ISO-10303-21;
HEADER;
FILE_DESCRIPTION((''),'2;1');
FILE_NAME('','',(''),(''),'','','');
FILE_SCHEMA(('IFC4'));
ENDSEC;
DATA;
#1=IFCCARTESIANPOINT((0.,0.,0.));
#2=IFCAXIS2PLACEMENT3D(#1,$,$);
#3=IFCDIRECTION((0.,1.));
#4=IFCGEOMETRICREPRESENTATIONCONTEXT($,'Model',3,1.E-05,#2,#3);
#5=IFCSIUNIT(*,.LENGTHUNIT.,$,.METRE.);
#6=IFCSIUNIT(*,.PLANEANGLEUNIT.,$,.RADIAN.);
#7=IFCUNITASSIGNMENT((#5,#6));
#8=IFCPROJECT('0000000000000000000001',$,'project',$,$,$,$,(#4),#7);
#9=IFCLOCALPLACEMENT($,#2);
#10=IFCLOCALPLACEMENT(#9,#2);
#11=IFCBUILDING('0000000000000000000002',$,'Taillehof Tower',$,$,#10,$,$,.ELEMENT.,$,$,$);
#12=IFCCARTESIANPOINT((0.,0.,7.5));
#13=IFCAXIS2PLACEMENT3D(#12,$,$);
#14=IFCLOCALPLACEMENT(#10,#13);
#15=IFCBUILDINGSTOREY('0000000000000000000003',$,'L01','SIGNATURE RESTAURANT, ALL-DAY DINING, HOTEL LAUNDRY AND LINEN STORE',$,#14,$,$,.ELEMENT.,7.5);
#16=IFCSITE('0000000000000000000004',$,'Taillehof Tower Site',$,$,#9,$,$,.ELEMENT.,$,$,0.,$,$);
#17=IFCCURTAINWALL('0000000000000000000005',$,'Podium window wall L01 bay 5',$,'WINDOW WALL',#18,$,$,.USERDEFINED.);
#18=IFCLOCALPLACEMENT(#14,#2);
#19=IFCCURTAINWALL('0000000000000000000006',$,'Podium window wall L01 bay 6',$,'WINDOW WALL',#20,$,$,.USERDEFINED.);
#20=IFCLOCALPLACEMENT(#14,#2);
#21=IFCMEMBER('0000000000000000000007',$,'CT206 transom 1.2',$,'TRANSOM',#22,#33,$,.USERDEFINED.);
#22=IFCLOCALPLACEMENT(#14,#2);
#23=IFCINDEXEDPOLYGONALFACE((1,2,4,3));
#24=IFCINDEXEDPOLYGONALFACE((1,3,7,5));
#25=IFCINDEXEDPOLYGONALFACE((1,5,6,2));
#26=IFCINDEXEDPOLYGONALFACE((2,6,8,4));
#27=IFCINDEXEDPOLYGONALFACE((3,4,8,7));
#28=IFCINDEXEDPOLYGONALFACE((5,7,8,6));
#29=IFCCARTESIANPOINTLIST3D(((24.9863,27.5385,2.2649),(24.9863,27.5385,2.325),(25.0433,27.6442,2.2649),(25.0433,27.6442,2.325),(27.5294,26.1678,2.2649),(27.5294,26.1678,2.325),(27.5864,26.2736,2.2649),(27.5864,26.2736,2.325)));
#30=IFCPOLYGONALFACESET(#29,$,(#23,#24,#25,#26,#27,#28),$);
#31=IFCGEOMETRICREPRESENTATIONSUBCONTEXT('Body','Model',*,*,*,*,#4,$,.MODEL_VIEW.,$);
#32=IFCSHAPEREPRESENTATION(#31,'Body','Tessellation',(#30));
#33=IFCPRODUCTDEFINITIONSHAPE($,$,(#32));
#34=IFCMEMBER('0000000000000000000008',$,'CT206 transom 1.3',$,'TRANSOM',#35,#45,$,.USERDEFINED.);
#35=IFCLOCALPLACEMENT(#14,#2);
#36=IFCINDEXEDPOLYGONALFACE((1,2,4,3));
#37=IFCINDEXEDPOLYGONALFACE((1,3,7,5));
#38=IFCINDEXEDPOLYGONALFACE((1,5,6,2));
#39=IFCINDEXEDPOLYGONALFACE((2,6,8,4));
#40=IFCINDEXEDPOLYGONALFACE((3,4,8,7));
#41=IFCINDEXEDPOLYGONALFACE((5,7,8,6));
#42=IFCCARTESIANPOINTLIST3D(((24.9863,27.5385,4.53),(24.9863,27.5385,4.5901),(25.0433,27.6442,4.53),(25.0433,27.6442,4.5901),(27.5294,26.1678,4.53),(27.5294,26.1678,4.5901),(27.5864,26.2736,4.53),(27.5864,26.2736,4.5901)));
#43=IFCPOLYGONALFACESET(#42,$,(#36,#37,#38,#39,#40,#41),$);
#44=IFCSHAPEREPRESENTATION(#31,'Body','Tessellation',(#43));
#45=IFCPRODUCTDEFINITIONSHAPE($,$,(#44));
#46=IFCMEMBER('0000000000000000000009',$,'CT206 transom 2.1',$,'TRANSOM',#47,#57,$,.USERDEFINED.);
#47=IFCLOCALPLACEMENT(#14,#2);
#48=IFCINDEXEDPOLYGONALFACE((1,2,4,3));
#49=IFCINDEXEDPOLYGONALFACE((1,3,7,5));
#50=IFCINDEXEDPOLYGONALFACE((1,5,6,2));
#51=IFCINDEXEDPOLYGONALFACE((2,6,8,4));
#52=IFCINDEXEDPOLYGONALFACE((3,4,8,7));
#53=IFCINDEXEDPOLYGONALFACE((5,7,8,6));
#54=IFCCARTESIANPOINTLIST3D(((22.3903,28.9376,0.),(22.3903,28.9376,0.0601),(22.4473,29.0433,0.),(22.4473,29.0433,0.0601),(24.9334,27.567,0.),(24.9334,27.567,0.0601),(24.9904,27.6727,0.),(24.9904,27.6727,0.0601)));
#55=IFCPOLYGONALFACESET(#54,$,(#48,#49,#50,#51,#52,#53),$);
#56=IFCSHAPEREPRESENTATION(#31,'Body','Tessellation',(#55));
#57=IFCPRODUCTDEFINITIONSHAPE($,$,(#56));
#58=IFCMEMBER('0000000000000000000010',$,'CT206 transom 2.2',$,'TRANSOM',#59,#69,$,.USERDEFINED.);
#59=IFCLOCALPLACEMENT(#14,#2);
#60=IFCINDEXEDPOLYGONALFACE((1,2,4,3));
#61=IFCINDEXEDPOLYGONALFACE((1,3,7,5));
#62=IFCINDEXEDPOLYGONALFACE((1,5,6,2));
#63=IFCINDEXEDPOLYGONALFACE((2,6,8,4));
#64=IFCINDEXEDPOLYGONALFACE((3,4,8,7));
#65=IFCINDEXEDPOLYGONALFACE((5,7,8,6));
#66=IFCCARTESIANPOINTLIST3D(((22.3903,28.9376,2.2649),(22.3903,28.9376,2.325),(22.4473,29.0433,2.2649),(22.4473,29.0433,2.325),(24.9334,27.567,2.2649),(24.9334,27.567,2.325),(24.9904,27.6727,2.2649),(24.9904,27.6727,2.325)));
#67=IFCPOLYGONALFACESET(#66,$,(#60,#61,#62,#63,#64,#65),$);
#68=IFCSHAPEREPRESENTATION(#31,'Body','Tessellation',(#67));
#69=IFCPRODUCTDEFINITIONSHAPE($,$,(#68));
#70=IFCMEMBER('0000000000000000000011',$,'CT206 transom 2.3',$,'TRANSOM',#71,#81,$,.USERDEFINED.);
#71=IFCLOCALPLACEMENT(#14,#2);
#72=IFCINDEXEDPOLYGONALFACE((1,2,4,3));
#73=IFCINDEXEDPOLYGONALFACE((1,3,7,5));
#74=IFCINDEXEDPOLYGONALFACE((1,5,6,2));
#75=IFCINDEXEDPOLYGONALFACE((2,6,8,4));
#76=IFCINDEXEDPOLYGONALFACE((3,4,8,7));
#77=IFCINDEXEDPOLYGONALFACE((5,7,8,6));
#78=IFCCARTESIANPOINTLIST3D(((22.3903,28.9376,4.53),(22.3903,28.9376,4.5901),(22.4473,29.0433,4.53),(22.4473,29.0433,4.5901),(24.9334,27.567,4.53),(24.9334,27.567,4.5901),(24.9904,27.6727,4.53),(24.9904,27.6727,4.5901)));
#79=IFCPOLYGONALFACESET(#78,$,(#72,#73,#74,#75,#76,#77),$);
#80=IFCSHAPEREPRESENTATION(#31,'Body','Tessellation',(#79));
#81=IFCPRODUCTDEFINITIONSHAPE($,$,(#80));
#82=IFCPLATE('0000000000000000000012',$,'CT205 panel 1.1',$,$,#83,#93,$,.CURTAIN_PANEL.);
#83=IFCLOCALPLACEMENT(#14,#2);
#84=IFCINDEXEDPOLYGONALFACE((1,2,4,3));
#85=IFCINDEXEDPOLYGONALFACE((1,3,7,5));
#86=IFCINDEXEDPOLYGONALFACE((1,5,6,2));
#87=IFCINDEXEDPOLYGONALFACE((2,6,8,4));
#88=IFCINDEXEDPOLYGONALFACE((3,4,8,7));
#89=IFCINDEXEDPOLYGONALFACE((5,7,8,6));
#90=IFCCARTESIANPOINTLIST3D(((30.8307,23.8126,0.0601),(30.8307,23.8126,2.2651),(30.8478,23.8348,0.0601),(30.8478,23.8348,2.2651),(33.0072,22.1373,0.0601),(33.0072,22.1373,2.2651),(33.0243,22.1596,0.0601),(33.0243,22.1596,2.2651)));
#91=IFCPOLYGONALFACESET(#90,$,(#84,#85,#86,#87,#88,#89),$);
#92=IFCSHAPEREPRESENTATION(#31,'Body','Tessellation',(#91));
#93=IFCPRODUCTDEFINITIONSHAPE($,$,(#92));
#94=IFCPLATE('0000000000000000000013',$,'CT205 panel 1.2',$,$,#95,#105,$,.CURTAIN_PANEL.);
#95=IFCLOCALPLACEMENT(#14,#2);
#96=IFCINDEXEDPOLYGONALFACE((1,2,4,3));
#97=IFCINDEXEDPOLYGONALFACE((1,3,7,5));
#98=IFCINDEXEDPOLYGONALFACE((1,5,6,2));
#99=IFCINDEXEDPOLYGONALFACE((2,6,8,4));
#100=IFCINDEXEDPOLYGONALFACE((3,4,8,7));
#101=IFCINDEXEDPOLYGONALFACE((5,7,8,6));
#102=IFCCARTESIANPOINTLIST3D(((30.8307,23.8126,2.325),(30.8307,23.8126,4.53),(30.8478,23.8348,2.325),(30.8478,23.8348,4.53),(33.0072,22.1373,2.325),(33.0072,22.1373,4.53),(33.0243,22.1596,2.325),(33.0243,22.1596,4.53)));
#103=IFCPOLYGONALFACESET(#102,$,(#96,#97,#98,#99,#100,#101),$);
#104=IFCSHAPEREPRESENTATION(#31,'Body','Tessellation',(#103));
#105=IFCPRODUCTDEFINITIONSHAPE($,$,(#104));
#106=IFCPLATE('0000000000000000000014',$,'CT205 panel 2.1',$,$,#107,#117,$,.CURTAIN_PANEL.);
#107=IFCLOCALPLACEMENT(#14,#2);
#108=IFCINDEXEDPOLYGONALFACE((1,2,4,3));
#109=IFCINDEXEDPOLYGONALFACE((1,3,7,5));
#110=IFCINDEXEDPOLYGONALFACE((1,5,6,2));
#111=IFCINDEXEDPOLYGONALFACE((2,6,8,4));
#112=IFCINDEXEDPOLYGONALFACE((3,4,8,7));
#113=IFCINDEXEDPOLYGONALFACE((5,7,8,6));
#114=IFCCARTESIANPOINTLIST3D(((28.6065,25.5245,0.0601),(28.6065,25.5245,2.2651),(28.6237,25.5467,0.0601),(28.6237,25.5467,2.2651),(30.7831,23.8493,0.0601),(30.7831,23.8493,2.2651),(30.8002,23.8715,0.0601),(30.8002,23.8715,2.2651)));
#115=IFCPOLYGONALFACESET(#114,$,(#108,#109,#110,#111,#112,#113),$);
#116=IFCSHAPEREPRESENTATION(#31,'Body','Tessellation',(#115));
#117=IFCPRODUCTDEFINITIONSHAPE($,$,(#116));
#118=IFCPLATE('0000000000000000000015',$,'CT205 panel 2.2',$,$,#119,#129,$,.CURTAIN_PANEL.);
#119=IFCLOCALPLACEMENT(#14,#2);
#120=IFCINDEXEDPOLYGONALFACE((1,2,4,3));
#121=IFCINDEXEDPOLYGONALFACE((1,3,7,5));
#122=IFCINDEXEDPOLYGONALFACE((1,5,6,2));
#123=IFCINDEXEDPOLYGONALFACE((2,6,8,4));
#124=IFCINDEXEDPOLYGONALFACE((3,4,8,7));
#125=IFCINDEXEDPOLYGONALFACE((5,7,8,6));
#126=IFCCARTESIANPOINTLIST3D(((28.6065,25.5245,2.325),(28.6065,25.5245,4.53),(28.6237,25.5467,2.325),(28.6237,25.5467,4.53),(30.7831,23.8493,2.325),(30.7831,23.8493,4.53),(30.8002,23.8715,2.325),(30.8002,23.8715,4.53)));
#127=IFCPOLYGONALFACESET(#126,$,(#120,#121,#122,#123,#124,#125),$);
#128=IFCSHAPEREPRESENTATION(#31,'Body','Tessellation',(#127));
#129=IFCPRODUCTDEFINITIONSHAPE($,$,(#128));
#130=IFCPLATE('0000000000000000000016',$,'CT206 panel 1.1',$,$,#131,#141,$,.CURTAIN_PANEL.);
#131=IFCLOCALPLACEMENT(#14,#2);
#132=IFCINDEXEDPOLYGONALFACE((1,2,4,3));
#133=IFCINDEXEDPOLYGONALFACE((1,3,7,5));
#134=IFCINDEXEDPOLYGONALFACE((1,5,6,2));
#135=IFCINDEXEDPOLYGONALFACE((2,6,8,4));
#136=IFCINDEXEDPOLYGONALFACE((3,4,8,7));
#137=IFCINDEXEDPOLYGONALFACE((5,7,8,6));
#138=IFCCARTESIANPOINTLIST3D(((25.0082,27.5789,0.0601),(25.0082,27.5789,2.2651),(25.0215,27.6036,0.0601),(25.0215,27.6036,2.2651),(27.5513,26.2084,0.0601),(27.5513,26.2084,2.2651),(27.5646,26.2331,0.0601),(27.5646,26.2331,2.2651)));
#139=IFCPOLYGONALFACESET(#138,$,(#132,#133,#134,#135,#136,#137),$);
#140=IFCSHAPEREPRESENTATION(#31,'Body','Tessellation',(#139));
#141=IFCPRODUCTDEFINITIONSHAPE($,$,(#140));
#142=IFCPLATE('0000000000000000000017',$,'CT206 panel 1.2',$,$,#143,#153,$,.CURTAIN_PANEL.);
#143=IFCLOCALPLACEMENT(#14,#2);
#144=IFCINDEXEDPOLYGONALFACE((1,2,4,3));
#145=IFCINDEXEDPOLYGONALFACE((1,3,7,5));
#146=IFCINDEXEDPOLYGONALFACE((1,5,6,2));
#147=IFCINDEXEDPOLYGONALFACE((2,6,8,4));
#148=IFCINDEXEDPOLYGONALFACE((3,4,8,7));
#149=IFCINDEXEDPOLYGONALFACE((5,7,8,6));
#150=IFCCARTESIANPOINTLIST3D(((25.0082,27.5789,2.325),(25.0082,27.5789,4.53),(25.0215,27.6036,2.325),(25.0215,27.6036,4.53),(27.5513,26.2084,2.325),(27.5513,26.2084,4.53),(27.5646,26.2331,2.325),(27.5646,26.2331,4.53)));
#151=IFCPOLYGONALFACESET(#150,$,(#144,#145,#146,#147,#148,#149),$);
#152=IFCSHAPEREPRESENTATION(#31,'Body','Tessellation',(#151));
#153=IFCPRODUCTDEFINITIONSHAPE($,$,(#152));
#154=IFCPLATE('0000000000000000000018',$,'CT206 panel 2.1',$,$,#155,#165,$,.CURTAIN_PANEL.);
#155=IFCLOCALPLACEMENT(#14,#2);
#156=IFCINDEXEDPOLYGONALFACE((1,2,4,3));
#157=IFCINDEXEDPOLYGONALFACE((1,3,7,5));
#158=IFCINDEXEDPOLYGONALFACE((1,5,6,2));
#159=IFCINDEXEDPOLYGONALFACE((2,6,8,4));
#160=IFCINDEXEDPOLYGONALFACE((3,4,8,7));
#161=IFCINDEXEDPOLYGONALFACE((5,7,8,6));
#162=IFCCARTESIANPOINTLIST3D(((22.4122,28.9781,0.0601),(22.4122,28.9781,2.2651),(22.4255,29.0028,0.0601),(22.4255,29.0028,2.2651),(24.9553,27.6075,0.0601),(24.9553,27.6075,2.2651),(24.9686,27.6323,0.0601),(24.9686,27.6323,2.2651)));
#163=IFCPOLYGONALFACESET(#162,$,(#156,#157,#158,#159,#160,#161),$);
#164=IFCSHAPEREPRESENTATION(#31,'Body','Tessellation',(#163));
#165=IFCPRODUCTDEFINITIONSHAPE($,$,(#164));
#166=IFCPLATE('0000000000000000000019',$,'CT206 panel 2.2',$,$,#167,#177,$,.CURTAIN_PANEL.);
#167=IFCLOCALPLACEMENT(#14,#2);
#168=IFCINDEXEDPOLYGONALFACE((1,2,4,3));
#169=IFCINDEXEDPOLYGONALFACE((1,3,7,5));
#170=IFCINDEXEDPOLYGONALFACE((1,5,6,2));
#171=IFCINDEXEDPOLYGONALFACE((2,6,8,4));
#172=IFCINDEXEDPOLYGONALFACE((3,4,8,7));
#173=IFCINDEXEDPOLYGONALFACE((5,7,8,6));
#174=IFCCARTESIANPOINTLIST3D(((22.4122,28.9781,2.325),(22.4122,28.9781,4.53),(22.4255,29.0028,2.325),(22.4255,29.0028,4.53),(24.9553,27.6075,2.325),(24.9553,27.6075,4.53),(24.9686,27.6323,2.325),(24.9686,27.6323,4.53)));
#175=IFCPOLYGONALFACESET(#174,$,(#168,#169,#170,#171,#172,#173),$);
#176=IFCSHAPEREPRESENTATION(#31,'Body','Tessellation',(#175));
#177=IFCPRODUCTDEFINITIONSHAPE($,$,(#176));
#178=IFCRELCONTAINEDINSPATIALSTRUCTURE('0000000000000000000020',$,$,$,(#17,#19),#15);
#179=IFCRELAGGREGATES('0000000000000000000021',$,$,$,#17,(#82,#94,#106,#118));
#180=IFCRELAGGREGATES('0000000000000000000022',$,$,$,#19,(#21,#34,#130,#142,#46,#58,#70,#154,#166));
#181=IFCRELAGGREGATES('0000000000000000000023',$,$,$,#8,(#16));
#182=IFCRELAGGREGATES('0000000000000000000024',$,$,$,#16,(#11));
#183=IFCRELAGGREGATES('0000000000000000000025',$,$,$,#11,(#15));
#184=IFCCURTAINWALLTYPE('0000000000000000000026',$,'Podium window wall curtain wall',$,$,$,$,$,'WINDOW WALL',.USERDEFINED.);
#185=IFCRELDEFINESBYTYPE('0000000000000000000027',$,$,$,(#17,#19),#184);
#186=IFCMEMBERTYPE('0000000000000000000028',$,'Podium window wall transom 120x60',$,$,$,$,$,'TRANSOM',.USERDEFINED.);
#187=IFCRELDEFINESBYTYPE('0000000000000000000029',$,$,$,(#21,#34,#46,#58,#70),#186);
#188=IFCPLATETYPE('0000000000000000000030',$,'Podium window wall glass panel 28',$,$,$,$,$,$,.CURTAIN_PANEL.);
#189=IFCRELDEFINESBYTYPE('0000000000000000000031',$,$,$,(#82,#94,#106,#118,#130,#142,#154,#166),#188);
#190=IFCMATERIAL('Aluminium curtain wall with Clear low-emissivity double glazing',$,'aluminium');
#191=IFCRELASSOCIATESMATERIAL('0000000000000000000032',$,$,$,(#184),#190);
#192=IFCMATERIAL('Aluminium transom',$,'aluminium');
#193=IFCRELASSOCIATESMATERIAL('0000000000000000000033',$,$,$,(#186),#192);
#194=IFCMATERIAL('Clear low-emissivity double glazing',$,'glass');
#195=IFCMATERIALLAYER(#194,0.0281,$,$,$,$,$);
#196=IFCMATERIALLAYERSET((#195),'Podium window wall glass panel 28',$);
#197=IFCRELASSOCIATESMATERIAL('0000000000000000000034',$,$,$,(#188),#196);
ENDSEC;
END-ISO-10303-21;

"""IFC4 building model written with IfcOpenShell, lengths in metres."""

from ifc_helpers import new_model, si_unit, direction, frame, origin, origin_2d, place, context, subcontext, project, spatial, rectangle, extrude, material, layer, layer_set, material_profile, profile_set, type_object, element, aggregate, save


model = new_model("IFC4")

# Units and contexts
model_context = context("Model", 3, precision=1e-05, world=origin(), true_north=direction((0.0, 1.0)))
body_context = subcontext(model_context, "Body", "Model", "MODEL_VIEW")
ifc_project = project(units=[si_unit("LENGTHUNIT", "METRE"), si_unit("PLANEANGLEUNIT", "RADIAN")], contexts=[model_context])

# Site, building, storey
site_placement = place(None, origin())
site = spatial("IfcSite", under=ifc_project, at=site_placement, Name="Taillehof Tower Site", CompositionType="ELEMENT", RefElevation=0.0)
building_placement = place(site_placement, origin())
building = spatial("IfcBuilding", under=site, at=building_placement, Name="Taillehof Tower", CompositionType="ELEMENT")
storey_placement = place(building_placement, frame((0.0, 0.0, 7.5)))
storey = spatial("IfcBuildingStorey", under=building, at=storey_placement, Name="L01", Description="SIGNATURE RESTAURANT, ALL-DAY DINING, HOTEL LAUNDRY AND LINEN STORE", CompositionType="ELEMENT", Elevation=7.5)

# Curtain walls
ifc_material_1 = material(Name="Aluminium curtain wall with Clear low-emissivity double glazing", Category="aluminium")
curtain_wall_type = type_object("IfcCurtainWallType", Name="Podium window wall curtain wall", ElementType="WINDOW WALL", PredefinedType="USERDEFINED", material=ifc_material_1)
curtain_wall_1_placement = place(storey_placement, origin())
curtain_wall_1 = element("IfcCurtainWall", 1, at=curtain_wall_1_placement, inside=storey, type_object=curtain_wall_type, Name="Podium window wall L01 bay 5", ObjectType="WINDOW WALL", PredefinedType="USERDEFINED")
curtain_wall_2_placement = place(storey_placement, origin())
curtain_wall_2 = element("IfcCurtainWall", 2, at=curtain_wall_2_placement, inside=storey, type_object=curtain_wall_type, Name="Podium window wall L01 bay 6", ObjectType="WINDOW WALL", PredefinedType="USERDEFINED")

# Members
ifc_material_2 = material(Name="Aluminium transom", Category="aluminium")
ifc_material_profile_1 = material_profile(ifc_material_2, rectangle(XDim=0.1201, YDim=0.0601, at=origin_2d()), Name="AL 120x60")
ifc_profile_set_1 = profile_set([ifc_material_profile_1], Name="Aluminium transom")
member_type_1 = type_object("IfcMemberType", Name="Podium window wall transom 120x60", ElementType="TRANSOM", PredefinedType="USERDEFINED", material=ifc_profile_set_1)
member_1_placement = place(storey_placement, frame((27.5579, 26.2207, 2.2949), z_axis=(-0.880281, 0.474453, 0.0), x_axis=(-0.474453, -0.880281, 0.0)))
member_1 = element("IfcMember", 3, at=member_1_placement, type_object=member_type_1, Name="CT206 transom 1.2", ObjectType="TRANSOM", PredefinedType="USERDEFINED", context=body_context, shape_type="SweptSolid", body=[
    extrude(rectangle(XDim=0.1201, YDim=0.0601, at=origin_2d()), origin(), (0.0, 0.0, 1.0), 2.8889),
])
member_2_placement = place(storey_placement, frame((27.5579, 26.2207, 4.5601), z_axis=(-0.880281, 0.474453, 0.0), x_axis=(-0.474453, -0.880281, 0.0)))
member_2 = element("IfcMember", 4, at=member_2_placement, type_object=member_type_1, Name="CT206 transom 1.3", ObjectType="TRANSOM", PredefinedType="USERDEFINED", context=body_context, shape_type="SweptSolid", body=[
    extrude(rectangle(XDim=0.1201, YDim=0.0601, at=origin_2d()), origin(), (0.0, 0.0, 1.0), 2.8889),
])
member_3_placement = place(storey_placement, frame((24.9619, 27.6199, 0.03), z_axis=(-0.8803, 0.474417, 0.0), x_axis=(-0.474417, -0.8803, 0.0)))
member_3 = element("IfcMember", 5, at=member_3_placement, type_object=member_type_1, Name="CT206 transom 2.1", ObjectType="TRANSOM", PredefinedType="USERDEFINED", context=body_context, shape_type="SweptSolid", body=[
    extrude(rectangle(XDim=0.1201, YDim=0.0601, at=origin_2d()), origin(), (0.0, 0.0, 1.0), 2.8889),
])
member_4_placement = place(storey_placement, frame((24.9619, 27.6199, 2.2949), z_axis=(-0.8803, 0.474417, 0.0), x_axis=(-0.474417, -0.8803, 0.0)))
member_4 = element("IfcMember", 6, at=member_4_placement, type_object=member_type_1, Name="CT206 transom 2.2", ObjectType="TRANSOM", PredefinedType="USERDEFINED", context=body_context, shape_type="SweptSolid", body=[
    extrude(rectangle(XDim=0.1201, YDim=0.0601, at=origin_2d()), origin(), (0.0, 0.0, 1.0), 2.8889),
])
member_5_placement = place(storey_placement, frame((24.9619, 27.6199, 4.5601), z_axis=(-0.8803, 0.474417, 0.0), x_axis=(-0.474417, -0.8803, 0.0)))
member_5 = element("IfcMember", 7, at=member_5_placement, type_object=member_type_1, Name="CT206 transom 2.3", ObjectType="TRANSOM", PredefinedType="USERDEFINED", context=body_context, shape_type="SweptSolid", body=[
    extrude(rectangle(XDim=0.1201, YDim=0.0601, at=origin_2d()), origin(), (0.0, 0.0, 1.0), 2.8889),
])

# Plates
ifc_material_3 = material(Name="Clear low-emissivity double glazing", Category="glass")
ifc_layer = layer(ifc_material_3, 0.0281)
ifc_layer_set = layer_set([ifc_layer], Name="Podium window wall glass panel 28")
plate_type = type_object("IfcPlateType", Name="Podium window wall glass panel 28", PredefinedType="CURTAIN_PANEL", material=ifc_layer_set)
plate_1_placement = place(storey_placement, frame((31.9275, 22.9861, 0.0601), z_axis=(0.0, 0.0, 1.0), x_axis=(-0.792454, 0.609932, 0.0)))
plate_1 = element("IfcPlate", 8, at=plate_1_placement, type_object=plate_type, Name="CT205 panel 1.1", PredefinedType="CURTAIN_PANEL", context=body_context, shape_type="SweptSolid", body=[
    extrude(rectangle(XDim=2.7466, YDim=0.0281, at=origin_2d()), origin(), (0.0, 0.0, 1.0), 2.2051),
])
plate_2_placement = place(storey_placement, frame((31.9275, 22.9861, 2.325), z_axis=(0.0, 0.0, 1.0), x_axis=(-0.792454, 0.609932, 0.0)))
plate_2 = element("IfcPlate", 9, at=plate_2_placement, type_object=plate_type, Name="CT205 panel 1.2", PredefinedType="CURTAIN_PANEL", context=body_context, shape_type="SweptSolid", body=[
    extrude(rectangle(XDim=2.7466, YDim=0.0281, at=origin_2d()), origin(), (0.0, 0.0, 1.0), 2.2051),
])
plate_3_placement = place(storey_placement, frame((29.7034, 24.698, 0.0601), z_axis=(0.0, 0.0, 1.0), x_axis=(-0.792454, 0.609932, 0.0)))
plate_3 = element("IfcPlate", 10, at=plate_3_placement, type_object=plate_type, Name="CT205 panel 2.1", PredefinedType="CURTAIN_PANEL", context=body_context, shape_type="SweptSolid", body=[
    extrude(rectangle(XDim=2.7466, YDim=0.0281, at=origin_2d()), origin(), (0.0, 0.0, 1.0), 2.2051),
])
plate_4_placement = place(storey_placement, frame((29.7034, 24.698, 2.325), z_axis=(0.0, 0.0, 1.0), x_axis=(-0.792454, 0.609932, 0.0)))
plate_4 = element("IfcPlate", 11, at=plate_4_placement, type_object=plate_type, Name="CT205 panel 2.2", PredefinedType="CURTAIN_PANEL", context=body_context, shape_type="SweptSolid", body=[
    extrude(rectangle(XDim=2.7466, YDim=0.0281, at=origin_2d()), origin(), (0.0, 0.0, 1.0), 2.2051),
])
aggregate(curtain_wall_1, [plate_1, plate_2, plate_3, plate_4])
plate_5_placement = place(storey_placement, frame((26.2864, 26.906, 0.0601), z_axis=(0.0, 0.0, 1.0), x_axis=(-0.880301, 0.474415, 0.0)))
plate_5 = element("IfcPlate", 12, at=plate_5_placement, type_object=plate_type, Name="CT206 panel 1.1", PredefinedType="CURTAIN_PANEL", context=body_context, shape_type="SweptSolid", body=[
    extrude(rectangle(XDim=2.8889, YDim=0.0281, at=origin_2d()), origin(), (0.0, 0.0, 1.0), 2.2051),
])
plate_6_placement = place(storey_placement, frame((26.2864, 26.906, 2.325), z_axis=(0.0, 0.0, 1.0), x_axis=(-0.880301, 0.474415, 0.0)))
plate_6 = element("IfcPlate", 13, at=plate_6_placement, type_object=plate_type, Name="CT206 panel 1.2", PredefinedType="CURTAIN_PANEL", context=body_context, shape_type="SweptSolid", body=[
    extrude(rectangle(XDim=2.8889, YDim=0.0281, at=origin_2d()), origin(), (0.0, 0.0, 1.0), 2.2051),
])
plate_7_placement = place(storey_placement, frame((23.6904, 28.3052, 0.0601), z_axis=(0.0, 0.0, 1.0), x_axis=(-0.880301, 0.474415, 0.0)))
plate_7 = element("IfcPlate", 14, at=plate_7_placement, type_object=plate_type, Name="CT206 panel 2.1", PredefinedType="CURTAIN_PANEL", context=body_context, shape_type="SweptSolid", body=[
    extrude(rectangle(XDim=2.8889, YDim=0.0281, at=origin_2d()), origin(), (0.0, 0.0, 1.0), 2.2051),
])
plate_8_placement = place(storey_placement, frame((23.6904, 28.3052, 2.325), z_axis=(0.0, 0.0, 1.0), x_axis=(-0.880301, 0.474415, 0.0)))
plate_8 = element("IfcPlate", 15, at=plate_8_placement, type_object=plate_type, Name="CT206 panel 2.2", PredefinedType="CURTAIN_PANEL", context=body_context, shape_type="SweptSolid", body=[
    extrude(rectangle(XDim=2.8889, YDim=0.0281, at=origin_2d()), origin(), (0.0, 0.0, 1.0), 2.2051),
])
aggregate(curtain_wall_2, [member_1, member_2, plate_5, plate_6, member_3, member_4, member_5, plate_7, plate_8])

save(model, "model.ifc")
